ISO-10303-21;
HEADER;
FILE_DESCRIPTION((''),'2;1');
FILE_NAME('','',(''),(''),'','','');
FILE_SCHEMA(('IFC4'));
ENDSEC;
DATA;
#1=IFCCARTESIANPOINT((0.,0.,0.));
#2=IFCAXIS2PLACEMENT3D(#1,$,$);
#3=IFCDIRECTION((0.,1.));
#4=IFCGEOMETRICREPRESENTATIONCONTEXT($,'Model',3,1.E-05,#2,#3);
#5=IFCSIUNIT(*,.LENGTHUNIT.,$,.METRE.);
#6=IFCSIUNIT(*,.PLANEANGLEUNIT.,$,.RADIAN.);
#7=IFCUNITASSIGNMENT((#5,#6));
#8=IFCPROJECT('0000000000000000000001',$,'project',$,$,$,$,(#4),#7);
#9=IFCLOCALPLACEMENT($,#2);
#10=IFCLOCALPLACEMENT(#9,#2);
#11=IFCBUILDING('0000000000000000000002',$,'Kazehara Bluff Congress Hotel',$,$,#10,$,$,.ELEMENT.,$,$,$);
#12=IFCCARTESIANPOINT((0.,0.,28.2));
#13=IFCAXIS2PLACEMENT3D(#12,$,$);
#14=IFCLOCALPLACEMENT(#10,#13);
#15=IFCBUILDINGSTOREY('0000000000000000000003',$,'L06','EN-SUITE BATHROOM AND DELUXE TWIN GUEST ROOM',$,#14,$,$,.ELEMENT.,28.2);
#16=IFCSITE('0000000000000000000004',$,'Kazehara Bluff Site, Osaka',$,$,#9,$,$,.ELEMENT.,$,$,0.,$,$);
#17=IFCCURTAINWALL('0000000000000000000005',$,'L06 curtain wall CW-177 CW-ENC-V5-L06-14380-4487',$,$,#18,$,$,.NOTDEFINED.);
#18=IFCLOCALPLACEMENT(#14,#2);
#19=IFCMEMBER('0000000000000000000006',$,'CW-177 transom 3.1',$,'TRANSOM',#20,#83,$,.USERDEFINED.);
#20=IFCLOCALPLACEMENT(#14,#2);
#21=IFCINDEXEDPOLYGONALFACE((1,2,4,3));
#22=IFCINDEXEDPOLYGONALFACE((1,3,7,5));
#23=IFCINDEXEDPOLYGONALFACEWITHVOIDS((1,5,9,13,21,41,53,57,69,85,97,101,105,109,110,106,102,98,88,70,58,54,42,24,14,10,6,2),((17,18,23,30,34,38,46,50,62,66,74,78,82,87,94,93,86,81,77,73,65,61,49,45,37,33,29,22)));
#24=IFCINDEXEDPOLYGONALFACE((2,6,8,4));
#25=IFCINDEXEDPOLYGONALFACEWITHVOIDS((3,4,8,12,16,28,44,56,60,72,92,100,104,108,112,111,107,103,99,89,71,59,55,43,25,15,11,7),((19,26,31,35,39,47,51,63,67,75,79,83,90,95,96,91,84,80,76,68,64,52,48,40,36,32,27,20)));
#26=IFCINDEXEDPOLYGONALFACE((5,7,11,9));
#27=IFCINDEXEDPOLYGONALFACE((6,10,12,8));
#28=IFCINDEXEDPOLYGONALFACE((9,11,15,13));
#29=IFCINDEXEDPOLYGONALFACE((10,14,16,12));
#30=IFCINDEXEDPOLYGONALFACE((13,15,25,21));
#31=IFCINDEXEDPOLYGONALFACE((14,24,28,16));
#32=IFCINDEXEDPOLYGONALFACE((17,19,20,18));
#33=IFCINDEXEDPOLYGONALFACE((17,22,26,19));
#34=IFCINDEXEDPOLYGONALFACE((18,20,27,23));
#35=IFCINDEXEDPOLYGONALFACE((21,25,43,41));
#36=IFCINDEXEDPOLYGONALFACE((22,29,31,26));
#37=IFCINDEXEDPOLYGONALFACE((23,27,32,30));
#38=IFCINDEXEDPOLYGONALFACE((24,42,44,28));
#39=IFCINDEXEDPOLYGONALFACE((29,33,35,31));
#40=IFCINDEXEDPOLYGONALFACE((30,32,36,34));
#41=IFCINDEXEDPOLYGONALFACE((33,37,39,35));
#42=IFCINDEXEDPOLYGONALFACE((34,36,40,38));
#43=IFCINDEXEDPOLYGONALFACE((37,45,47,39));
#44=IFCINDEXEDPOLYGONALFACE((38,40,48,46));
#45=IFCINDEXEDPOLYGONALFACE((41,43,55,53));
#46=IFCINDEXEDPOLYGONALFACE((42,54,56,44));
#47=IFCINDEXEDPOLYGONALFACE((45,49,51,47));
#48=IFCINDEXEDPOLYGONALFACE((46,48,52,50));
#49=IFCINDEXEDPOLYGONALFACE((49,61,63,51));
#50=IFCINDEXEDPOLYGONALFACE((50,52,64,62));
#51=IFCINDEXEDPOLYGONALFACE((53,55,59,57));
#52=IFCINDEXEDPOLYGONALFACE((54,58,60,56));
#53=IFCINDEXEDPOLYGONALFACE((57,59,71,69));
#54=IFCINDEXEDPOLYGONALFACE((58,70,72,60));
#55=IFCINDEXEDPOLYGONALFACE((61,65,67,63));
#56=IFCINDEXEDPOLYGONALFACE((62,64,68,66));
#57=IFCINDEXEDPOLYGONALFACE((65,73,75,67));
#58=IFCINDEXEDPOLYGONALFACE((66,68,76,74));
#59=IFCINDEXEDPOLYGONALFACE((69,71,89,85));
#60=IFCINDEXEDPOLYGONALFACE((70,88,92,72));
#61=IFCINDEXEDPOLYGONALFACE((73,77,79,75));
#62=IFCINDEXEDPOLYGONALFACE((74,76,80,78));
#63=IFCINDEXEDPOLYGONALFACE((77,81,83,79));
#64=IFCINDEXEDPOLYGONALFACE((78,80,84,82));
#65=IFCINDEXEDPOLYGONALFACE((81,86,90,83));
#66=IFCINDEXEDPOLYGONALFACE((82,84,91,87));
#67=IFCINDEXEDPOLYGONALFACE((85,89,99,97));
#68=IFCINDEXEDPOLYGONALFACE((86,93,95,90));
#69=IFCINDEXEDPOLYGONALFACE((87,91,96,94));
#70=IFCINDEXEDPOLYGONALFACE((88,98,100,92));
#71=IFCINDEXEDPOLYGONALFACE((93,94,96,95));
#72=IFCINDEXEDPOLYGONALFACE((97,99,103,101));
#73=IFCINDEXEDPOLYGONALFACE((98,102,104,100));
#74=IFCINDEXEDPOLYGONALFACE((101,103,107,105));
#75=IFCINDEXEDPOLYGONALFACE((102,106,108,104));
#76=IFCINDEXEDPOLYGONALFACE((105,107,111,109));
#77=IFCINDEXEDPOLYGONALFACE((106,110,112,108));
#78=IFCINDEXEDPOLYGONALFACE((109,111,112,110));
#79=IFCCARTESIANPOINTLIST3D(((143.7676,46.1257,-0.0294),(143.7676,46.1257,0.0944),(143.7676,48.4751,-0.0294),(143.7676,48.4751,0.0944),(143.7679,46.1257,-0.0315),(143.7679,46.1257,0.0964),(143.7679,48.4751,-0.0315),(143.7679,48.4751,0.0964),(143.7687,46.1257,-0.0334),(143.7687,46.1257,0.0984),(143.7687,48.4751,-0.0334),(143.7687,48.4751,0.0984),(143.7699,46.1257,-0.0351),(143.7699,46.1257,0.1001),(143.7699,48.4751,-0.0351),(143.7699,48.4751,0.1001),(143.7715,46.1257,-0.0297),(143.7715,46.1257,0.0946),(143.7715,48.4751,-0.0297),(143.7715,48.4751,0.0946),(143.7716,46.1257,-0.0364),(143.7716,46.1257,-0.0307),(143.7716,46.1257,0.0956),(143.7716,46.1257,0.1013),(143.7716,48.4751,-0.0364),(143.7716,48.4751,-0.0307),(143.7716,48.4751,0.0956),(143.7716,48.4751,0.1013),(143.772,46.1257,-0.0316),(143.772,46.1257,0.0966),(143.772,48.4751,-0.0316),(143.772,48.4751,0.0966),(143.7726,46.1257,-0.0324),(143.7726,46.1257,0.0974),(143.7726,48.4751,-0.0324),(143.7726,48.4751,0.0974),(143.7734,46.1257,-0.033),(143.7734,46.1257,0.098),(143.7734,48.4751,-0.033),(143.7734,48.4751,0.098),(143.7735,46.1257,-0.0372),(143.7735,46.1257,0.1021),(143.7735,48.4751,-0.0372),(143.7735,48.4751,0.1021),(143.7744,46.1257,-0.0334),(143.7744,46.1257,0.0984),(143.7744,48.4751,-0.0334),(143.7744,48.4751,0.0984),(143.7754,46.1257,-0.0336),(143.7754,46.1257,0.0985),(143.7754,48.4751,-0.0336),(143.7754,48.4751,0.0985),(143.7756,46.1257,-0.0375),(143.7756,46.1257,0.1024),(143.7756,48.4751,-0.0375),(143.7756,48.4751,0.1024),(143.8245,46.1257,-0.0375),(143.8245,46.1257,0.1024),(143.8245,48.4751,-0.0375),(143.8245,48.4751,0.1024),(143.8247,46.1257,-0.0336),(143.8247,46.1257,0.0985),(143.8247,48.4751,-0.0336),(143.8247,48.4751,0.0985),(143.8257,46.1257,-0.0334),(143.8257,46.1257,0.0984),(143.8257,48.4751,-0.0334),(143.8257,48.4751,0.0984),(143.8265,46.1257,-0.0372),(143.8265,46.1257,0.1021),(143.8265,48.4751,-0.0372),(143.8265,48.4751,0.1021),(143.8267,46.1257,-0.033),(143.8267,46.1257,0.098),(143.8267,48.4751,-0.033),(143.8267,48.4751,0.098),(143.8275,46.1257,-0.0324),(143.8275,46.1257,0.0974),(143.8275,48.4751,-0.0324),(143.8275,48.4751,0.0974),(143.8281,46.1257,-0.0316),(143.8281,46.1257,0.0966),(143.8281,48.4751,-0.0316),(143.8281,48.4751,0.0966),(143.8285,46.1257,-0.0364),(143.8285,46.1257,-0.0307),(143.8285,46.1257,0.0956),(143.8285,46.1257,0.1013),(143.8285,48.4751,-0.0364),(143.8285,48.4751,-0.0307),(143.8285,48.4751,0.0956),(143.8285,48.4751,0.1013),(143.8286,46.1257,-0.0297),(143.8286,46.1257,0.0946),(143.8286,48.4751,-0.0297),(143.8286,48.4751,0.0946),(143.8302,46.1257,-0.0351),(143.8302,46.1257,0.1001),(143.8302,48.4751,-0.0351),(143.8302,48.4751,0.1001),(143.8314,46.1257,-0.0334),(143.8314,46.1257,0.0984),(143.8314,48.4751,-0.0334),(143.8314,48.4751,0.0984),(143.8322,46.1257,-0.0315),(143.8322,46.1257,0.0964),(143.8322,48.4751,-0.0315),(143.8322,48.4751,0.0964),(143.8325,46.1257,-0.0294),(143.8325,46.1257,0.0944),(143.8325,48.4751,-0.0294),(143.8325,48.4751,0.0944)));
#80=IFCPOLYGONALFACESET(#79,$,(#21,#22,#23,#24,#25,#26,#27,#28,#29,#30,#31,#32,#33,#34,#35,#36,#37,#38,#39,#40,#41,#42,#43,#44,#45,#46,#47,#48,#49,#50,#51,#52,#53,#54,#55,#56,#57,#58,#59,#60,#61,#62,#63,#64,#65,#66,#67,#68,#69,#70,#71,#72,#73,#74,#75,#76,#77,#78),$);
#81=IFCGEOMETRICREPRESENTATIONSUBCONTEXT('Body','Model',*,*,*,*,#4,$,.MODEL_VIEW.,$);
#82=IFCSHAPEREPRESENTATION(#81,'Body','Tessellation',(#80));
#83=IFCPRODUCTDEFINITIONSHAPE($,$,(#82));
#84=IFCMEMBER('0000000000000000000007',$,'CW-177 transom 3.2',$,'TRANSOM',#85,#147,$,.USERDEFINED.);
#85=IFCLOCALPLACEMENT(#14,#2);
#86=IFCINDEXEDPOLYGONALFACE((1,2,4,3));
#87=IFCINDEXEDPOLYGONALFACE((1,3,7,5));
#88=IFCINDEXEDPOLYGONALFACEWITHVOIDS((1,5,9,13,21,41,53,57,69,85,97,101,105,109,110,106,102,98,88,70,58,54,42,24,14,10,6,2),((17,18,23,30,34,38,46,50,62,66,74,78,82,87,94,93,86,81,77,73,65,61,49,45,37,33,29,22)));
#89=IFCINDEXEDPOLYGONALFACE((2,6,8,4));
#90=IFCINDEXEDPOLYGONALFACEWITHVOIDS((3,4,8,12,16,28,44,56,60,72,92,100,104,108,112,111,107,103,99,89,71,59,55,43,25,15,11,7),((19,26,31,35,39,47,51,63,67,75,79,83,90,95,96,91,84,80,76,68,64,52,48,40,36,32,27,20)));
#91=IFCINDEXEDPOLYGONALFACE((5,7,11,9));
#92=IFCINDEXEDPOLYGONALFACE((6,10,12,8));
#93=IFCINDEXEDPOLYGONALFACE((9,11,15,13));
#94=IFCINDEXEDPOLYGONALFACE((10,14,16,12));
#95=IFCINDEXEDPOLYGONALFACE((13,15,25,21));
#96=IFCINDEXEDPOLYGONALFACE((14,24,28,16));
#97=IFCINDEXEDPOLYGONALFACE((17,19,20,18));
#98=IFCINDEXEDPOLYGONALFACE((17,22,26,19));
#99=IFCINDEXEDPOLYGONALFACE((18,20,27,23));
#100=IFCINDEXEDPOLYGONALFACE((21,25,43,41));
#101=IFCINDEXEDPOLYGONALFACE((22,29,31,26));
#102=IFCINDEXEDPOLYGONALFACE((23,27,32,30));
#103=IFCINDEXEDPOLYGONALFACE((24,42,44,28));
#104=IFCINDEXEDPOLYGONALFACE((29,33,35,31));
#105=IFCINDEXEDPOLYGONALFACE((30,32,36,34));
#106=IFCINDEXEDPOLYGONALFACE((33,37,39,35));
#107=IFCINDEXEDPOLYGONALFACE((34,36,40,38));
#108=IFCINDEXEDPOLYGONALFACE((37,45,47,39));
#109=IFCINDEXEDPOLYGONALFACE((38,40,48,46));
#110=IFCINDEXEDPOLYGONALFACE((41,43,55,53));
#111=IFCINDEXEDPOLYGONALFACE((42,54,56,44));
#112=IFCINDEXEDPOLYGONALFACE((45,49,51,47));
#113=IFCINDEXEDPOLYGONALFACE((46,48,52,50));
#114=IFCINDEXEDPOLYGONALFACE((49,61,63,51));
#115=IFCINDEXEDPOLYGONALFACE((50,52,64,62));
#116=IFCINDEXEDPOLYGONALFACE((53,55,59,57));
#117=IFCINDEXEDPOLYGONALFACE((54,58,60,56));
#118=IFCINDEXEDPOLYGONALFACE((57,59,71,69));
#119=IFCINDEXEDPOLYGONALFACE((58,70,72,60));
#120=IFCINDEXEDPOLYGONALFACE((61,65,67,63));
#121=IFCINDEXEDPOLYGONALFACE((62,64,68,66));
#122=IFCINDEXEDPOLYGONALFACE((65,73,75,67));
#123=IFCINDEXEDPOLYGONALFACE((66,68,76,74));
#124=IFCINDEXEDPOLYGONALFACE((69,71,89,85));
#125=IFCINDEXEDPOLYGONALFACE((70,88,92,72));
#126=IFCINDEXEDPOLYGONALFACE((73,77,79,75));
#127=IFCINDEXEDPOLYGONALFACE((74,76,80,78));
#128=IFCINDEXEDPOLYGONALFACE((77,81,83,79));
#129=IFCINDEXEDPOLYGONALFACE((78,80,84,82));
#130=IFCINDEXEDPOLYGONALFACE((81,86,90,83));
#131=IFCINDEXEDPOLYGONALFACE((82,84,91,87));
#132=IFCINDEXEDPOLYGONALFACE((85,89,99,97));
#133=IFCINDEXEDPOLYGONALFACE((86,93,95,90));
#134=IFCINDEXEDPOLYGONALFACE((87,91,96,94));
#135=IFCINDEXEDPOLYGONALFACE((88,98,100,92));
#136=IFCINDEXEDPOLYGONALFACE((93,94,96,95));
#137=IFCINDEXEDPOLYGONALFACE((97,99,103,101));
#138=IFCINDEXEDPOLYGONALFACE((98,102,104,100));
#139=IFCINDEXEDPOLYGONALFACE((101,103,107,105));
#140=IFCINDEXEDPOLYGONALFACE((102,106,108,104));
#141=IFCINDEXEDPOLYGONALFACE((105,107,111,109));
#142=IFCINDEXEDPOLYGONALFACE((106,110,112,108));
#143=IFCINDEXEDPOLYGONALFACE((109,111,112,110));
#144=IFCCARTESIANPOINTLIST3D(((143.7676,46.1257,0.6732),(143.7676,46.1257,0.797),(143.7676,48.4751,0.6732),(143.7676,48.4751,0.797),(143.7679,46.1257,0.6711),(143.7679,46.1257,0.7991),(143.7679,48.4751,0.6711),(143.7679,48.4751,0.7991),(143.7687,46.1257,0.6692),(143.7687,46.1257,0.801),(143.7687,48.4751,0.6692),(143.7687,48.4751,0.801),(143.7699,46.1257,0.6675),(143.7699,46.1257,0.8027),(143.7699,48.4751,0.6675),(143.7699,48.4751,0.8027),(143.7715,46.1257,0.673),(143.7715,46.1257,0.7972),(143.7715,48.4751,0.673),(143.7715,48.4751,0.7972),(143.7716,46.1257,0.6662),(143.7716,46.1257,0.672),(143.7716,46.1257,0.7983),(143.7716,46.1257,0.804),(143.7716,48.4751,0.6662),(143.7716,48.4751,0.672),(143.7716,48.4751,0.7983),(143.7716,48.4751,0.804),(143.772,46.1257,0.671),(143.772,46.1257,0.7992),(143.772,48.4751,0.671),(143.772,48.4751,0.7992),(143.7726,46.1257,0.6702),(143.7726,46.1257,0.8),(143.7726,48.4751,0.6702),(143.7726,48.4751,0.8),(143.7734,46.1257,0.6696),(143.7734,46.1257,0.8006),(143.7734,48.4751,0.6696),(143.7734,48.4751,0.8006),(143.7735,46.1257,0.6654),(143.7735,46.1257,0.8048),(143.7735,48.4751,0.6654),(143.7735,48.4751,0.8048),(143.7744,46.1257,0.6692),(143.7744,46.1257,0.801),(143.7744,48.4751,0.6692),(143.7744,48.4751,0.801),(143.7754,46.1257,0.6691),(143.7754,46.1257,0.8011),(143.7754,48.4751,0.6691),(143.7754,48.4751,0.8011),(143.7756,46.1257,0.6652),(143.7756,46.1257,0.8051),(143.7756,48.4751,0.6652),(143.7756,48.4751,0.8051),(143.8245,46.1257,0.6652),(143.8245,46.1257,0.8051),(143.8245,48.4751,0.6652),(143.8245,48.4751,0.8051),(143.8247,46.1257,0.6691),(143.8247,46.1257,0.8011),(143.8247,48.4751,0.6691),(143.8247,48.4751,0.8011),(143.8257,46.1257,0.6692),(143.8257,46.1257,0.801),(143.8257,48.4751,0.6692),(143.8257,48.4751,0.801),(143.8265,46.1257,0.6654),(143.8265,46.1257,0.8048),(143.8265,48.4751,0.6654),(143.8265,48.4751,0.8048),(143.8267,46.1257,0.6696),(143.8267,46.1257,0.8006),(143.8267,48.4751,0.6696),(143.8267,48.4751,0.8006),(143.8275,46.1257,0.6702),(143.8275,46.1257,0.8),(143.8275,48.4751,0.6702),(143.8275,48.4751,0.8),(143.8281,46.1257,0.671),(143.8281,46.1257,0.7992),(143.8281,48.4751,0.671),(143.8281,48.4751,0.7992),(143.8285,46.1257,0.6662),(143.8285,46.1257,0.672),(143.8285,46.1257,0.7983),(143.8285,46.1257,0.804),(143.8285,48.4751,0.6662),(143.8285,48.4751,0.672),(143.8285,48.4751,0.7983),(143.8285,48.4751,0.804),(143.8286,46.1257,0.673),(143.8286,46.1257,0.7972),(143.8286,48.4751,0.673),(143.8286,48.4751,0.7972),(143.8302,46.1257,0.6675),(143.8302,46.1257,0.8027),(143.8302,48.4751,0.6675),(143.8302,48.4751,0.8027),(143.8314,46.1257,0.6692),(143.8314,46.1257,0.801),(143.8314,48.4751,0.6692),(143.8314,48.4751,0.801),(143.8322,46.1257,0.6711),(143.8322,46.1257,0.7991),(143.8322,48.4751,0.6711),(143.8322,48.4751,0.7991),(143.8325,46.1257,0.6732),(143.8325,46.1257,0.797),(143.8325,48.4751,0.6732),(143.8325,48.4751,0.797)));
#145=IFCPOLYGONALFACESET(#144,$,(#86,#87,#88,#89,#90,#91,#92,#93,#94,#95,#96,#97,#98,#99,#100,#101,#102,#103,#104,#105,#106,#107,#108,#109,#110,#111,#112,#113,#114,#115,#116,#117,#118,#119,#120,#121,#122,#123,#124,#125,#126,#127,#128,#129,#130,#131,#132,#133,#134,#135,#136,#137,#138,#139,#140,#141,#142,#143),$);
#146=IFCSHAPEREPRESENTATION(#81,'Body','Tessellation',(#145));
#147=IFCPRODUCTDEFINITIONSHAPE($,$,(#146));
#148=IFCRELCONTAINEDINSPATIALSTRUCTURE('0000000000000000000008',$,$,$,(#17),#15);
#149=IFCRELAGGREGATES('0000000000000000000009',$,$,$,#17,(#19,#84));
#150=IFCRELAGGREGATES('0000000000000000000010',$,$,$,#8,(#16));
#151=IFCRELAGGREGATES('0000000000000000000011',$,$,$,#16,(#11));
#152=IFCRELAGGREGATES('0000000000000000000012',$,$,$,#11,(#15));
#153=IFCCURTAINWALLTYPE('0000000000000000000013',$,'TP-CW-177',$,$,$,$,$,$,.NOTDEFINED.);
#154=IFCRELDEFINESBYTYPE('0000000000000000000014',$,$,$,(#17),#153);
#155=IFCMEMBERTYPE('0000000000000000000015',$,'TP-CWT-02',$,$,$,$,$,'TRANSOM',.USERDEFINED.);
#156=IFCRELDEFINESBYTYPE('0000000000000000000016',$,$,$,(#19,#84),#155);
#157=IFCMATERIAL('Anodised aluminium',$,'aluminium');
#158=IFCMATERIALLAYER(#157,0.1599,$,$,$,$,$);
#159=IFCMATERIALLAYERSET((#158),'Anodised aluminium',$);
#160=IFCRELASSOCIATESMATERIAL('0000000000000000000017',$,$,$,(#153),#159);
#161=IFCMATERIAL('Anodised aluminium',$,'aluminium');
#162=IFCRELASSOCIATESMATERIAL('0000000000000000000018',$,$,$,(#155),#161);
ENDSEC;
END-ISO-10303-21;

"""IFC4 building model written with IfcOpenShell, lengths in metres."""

from ifc_helpers import new_model, si_unit, direction, frame, origin, origin_2d, place, context, subcontext, project, spatial, hollow_rectangle, extrude, material, layer, layer_set, material_profile, profile_set, type_object, element, aggregate, save


model = new_model("IFC4")

# Units and contexts
model_context = context("Model", 3, precision=1e-05, world=origin(), true_north=direction((0.0, 1.0)))
body_context = subcontext(model_context, "Body", "Model", "MODEL_VIEW")
ifc_project = project(units=[si_unit("LENGTHUNIT", "METRE"), si_unit("PLANEANGLEUNIT", "RADIAN")], contexts=[model_context])

# Site, building, storey
site_placement = place(None, origin())
site = spatial("IfcSite", under=ifc_project, at=site_placement, Name="Kazehara Bluff Site, Osaka", CompositionType="ELEMENT", RefElevation=0.0)
building_placement = place(site_placement, origin())
building = spatial("IfcBuilding", under=site, at=building_placement, Name="Kazehara Bluff Congress Hotel", CompositionType="ELEMENT")
storey_placement = place(building_placement, frame((0.0, 0.0, 28.2)))
storey = spatial("IfcBuildingStorey", under=building, at=storey_placement, Name="L06", Description="EN-SUITE BATHROOM AND DELUXE TWIN GUEST ROOM", CompositionType="ELEMENT", Elevation=28.2)

# Curtain wall, members
ifc_material_1 = material(Name="Anodised aluminium", Category="aluminium")
ifc_layer_1 = layer(ifc_material_1, 0.1599)
ifc_layer_set_1 = layer_set([ifc_layer_1], Name="Anodised aluminium")
curtain_wall_type = type_object("IfcCurtainWallType", Name="TP-CW-177", PredefinedType="NOTDEFINED", material=ifc_layer_set_1)
curtain_wall_placement = place(storey_placement, origin())
curtain_wall = element("IfcCurtainWall", 1, at=curtain_wall_placement, inside=storey, type_object=curtain_wall_type, Name="L06 curtain wall CW-177 CW-ENC-V5-L06-14380-4487", PredefinedType="NOTDEFINED")
ifc_material_2 = material(Name="Anodised aluminium", Category="aluminium")
ifc_material_profile_1 = material_profile(ifc_material_2, hollow_rectangle(XDim=0.0649, YDim=0.1399, WallThickness=0.0039, InnerFilletRadius=0.0039, OuterFilletRadius=0.0081, at=origin_2d()))
ifc_profile_set_1 = profile_set([ifc_material_profile_1], Name="Anodised aluminium")
member_type_1 = type_object("IfcMemberType", Name="TP-CWT-02", ElementType="TRANSOM", PredefinedType="USERDEFINED", material=ifc_profile_set_1)
member_1_placement = place(storey_placement, frame((143.8, 46.1257, 0.0325), z_axis=(0.0, 1.0, 0.0), x_axis=(-1.0, 0.0, 0.0)))
member_1 = element("IfcMember", 2, at=member_1_placement, type_object=member_type_1, Name="CW-177 transom 3.1", ObjectType="TRANSOM", PredefinedType="USERDEFINED", context=body_context, shape_type="SweptSolid", body=[
    extrude(hollow_rectangle(XDim=0.0649, YDim=0.1399, WallThickness=0.0039, InnerFilletRadius=0.0039, OuterFilletRadius=0.0081, at=origin_2d()), origin(), (0.0, 0.0, 1.0), 2.3494),
])
member_2_placement = place(storey_placement, frame((143.8, 46.1257, 0.7351), z_axis=(0.0, 1.0, 0.0), x_axis=(-1.0, 0.0, 0.0)))
member_2 = element("IfcMember", 3, at=member_2_placement, type_object=member_type_1, Name="CW-177 transom 3.2", ObjectType="TRANSOM", PredefinedType="USERDEFINED", context=body_context, shape_type="SweptSolid", body=[
    extrude(hollow_rectangle(XDim=0.0649, YDim=0.1399, WallThickness=0.0039, InnerFilletRadius=0.0039, OuterFilletRadius=0.0081, at=origin_2d()), origin(), (0.0, 0.0, 1.0), 2.3494),
])
aggregate(curtain_wall, [member_1, member_2])

save(model, "model.ifc")
